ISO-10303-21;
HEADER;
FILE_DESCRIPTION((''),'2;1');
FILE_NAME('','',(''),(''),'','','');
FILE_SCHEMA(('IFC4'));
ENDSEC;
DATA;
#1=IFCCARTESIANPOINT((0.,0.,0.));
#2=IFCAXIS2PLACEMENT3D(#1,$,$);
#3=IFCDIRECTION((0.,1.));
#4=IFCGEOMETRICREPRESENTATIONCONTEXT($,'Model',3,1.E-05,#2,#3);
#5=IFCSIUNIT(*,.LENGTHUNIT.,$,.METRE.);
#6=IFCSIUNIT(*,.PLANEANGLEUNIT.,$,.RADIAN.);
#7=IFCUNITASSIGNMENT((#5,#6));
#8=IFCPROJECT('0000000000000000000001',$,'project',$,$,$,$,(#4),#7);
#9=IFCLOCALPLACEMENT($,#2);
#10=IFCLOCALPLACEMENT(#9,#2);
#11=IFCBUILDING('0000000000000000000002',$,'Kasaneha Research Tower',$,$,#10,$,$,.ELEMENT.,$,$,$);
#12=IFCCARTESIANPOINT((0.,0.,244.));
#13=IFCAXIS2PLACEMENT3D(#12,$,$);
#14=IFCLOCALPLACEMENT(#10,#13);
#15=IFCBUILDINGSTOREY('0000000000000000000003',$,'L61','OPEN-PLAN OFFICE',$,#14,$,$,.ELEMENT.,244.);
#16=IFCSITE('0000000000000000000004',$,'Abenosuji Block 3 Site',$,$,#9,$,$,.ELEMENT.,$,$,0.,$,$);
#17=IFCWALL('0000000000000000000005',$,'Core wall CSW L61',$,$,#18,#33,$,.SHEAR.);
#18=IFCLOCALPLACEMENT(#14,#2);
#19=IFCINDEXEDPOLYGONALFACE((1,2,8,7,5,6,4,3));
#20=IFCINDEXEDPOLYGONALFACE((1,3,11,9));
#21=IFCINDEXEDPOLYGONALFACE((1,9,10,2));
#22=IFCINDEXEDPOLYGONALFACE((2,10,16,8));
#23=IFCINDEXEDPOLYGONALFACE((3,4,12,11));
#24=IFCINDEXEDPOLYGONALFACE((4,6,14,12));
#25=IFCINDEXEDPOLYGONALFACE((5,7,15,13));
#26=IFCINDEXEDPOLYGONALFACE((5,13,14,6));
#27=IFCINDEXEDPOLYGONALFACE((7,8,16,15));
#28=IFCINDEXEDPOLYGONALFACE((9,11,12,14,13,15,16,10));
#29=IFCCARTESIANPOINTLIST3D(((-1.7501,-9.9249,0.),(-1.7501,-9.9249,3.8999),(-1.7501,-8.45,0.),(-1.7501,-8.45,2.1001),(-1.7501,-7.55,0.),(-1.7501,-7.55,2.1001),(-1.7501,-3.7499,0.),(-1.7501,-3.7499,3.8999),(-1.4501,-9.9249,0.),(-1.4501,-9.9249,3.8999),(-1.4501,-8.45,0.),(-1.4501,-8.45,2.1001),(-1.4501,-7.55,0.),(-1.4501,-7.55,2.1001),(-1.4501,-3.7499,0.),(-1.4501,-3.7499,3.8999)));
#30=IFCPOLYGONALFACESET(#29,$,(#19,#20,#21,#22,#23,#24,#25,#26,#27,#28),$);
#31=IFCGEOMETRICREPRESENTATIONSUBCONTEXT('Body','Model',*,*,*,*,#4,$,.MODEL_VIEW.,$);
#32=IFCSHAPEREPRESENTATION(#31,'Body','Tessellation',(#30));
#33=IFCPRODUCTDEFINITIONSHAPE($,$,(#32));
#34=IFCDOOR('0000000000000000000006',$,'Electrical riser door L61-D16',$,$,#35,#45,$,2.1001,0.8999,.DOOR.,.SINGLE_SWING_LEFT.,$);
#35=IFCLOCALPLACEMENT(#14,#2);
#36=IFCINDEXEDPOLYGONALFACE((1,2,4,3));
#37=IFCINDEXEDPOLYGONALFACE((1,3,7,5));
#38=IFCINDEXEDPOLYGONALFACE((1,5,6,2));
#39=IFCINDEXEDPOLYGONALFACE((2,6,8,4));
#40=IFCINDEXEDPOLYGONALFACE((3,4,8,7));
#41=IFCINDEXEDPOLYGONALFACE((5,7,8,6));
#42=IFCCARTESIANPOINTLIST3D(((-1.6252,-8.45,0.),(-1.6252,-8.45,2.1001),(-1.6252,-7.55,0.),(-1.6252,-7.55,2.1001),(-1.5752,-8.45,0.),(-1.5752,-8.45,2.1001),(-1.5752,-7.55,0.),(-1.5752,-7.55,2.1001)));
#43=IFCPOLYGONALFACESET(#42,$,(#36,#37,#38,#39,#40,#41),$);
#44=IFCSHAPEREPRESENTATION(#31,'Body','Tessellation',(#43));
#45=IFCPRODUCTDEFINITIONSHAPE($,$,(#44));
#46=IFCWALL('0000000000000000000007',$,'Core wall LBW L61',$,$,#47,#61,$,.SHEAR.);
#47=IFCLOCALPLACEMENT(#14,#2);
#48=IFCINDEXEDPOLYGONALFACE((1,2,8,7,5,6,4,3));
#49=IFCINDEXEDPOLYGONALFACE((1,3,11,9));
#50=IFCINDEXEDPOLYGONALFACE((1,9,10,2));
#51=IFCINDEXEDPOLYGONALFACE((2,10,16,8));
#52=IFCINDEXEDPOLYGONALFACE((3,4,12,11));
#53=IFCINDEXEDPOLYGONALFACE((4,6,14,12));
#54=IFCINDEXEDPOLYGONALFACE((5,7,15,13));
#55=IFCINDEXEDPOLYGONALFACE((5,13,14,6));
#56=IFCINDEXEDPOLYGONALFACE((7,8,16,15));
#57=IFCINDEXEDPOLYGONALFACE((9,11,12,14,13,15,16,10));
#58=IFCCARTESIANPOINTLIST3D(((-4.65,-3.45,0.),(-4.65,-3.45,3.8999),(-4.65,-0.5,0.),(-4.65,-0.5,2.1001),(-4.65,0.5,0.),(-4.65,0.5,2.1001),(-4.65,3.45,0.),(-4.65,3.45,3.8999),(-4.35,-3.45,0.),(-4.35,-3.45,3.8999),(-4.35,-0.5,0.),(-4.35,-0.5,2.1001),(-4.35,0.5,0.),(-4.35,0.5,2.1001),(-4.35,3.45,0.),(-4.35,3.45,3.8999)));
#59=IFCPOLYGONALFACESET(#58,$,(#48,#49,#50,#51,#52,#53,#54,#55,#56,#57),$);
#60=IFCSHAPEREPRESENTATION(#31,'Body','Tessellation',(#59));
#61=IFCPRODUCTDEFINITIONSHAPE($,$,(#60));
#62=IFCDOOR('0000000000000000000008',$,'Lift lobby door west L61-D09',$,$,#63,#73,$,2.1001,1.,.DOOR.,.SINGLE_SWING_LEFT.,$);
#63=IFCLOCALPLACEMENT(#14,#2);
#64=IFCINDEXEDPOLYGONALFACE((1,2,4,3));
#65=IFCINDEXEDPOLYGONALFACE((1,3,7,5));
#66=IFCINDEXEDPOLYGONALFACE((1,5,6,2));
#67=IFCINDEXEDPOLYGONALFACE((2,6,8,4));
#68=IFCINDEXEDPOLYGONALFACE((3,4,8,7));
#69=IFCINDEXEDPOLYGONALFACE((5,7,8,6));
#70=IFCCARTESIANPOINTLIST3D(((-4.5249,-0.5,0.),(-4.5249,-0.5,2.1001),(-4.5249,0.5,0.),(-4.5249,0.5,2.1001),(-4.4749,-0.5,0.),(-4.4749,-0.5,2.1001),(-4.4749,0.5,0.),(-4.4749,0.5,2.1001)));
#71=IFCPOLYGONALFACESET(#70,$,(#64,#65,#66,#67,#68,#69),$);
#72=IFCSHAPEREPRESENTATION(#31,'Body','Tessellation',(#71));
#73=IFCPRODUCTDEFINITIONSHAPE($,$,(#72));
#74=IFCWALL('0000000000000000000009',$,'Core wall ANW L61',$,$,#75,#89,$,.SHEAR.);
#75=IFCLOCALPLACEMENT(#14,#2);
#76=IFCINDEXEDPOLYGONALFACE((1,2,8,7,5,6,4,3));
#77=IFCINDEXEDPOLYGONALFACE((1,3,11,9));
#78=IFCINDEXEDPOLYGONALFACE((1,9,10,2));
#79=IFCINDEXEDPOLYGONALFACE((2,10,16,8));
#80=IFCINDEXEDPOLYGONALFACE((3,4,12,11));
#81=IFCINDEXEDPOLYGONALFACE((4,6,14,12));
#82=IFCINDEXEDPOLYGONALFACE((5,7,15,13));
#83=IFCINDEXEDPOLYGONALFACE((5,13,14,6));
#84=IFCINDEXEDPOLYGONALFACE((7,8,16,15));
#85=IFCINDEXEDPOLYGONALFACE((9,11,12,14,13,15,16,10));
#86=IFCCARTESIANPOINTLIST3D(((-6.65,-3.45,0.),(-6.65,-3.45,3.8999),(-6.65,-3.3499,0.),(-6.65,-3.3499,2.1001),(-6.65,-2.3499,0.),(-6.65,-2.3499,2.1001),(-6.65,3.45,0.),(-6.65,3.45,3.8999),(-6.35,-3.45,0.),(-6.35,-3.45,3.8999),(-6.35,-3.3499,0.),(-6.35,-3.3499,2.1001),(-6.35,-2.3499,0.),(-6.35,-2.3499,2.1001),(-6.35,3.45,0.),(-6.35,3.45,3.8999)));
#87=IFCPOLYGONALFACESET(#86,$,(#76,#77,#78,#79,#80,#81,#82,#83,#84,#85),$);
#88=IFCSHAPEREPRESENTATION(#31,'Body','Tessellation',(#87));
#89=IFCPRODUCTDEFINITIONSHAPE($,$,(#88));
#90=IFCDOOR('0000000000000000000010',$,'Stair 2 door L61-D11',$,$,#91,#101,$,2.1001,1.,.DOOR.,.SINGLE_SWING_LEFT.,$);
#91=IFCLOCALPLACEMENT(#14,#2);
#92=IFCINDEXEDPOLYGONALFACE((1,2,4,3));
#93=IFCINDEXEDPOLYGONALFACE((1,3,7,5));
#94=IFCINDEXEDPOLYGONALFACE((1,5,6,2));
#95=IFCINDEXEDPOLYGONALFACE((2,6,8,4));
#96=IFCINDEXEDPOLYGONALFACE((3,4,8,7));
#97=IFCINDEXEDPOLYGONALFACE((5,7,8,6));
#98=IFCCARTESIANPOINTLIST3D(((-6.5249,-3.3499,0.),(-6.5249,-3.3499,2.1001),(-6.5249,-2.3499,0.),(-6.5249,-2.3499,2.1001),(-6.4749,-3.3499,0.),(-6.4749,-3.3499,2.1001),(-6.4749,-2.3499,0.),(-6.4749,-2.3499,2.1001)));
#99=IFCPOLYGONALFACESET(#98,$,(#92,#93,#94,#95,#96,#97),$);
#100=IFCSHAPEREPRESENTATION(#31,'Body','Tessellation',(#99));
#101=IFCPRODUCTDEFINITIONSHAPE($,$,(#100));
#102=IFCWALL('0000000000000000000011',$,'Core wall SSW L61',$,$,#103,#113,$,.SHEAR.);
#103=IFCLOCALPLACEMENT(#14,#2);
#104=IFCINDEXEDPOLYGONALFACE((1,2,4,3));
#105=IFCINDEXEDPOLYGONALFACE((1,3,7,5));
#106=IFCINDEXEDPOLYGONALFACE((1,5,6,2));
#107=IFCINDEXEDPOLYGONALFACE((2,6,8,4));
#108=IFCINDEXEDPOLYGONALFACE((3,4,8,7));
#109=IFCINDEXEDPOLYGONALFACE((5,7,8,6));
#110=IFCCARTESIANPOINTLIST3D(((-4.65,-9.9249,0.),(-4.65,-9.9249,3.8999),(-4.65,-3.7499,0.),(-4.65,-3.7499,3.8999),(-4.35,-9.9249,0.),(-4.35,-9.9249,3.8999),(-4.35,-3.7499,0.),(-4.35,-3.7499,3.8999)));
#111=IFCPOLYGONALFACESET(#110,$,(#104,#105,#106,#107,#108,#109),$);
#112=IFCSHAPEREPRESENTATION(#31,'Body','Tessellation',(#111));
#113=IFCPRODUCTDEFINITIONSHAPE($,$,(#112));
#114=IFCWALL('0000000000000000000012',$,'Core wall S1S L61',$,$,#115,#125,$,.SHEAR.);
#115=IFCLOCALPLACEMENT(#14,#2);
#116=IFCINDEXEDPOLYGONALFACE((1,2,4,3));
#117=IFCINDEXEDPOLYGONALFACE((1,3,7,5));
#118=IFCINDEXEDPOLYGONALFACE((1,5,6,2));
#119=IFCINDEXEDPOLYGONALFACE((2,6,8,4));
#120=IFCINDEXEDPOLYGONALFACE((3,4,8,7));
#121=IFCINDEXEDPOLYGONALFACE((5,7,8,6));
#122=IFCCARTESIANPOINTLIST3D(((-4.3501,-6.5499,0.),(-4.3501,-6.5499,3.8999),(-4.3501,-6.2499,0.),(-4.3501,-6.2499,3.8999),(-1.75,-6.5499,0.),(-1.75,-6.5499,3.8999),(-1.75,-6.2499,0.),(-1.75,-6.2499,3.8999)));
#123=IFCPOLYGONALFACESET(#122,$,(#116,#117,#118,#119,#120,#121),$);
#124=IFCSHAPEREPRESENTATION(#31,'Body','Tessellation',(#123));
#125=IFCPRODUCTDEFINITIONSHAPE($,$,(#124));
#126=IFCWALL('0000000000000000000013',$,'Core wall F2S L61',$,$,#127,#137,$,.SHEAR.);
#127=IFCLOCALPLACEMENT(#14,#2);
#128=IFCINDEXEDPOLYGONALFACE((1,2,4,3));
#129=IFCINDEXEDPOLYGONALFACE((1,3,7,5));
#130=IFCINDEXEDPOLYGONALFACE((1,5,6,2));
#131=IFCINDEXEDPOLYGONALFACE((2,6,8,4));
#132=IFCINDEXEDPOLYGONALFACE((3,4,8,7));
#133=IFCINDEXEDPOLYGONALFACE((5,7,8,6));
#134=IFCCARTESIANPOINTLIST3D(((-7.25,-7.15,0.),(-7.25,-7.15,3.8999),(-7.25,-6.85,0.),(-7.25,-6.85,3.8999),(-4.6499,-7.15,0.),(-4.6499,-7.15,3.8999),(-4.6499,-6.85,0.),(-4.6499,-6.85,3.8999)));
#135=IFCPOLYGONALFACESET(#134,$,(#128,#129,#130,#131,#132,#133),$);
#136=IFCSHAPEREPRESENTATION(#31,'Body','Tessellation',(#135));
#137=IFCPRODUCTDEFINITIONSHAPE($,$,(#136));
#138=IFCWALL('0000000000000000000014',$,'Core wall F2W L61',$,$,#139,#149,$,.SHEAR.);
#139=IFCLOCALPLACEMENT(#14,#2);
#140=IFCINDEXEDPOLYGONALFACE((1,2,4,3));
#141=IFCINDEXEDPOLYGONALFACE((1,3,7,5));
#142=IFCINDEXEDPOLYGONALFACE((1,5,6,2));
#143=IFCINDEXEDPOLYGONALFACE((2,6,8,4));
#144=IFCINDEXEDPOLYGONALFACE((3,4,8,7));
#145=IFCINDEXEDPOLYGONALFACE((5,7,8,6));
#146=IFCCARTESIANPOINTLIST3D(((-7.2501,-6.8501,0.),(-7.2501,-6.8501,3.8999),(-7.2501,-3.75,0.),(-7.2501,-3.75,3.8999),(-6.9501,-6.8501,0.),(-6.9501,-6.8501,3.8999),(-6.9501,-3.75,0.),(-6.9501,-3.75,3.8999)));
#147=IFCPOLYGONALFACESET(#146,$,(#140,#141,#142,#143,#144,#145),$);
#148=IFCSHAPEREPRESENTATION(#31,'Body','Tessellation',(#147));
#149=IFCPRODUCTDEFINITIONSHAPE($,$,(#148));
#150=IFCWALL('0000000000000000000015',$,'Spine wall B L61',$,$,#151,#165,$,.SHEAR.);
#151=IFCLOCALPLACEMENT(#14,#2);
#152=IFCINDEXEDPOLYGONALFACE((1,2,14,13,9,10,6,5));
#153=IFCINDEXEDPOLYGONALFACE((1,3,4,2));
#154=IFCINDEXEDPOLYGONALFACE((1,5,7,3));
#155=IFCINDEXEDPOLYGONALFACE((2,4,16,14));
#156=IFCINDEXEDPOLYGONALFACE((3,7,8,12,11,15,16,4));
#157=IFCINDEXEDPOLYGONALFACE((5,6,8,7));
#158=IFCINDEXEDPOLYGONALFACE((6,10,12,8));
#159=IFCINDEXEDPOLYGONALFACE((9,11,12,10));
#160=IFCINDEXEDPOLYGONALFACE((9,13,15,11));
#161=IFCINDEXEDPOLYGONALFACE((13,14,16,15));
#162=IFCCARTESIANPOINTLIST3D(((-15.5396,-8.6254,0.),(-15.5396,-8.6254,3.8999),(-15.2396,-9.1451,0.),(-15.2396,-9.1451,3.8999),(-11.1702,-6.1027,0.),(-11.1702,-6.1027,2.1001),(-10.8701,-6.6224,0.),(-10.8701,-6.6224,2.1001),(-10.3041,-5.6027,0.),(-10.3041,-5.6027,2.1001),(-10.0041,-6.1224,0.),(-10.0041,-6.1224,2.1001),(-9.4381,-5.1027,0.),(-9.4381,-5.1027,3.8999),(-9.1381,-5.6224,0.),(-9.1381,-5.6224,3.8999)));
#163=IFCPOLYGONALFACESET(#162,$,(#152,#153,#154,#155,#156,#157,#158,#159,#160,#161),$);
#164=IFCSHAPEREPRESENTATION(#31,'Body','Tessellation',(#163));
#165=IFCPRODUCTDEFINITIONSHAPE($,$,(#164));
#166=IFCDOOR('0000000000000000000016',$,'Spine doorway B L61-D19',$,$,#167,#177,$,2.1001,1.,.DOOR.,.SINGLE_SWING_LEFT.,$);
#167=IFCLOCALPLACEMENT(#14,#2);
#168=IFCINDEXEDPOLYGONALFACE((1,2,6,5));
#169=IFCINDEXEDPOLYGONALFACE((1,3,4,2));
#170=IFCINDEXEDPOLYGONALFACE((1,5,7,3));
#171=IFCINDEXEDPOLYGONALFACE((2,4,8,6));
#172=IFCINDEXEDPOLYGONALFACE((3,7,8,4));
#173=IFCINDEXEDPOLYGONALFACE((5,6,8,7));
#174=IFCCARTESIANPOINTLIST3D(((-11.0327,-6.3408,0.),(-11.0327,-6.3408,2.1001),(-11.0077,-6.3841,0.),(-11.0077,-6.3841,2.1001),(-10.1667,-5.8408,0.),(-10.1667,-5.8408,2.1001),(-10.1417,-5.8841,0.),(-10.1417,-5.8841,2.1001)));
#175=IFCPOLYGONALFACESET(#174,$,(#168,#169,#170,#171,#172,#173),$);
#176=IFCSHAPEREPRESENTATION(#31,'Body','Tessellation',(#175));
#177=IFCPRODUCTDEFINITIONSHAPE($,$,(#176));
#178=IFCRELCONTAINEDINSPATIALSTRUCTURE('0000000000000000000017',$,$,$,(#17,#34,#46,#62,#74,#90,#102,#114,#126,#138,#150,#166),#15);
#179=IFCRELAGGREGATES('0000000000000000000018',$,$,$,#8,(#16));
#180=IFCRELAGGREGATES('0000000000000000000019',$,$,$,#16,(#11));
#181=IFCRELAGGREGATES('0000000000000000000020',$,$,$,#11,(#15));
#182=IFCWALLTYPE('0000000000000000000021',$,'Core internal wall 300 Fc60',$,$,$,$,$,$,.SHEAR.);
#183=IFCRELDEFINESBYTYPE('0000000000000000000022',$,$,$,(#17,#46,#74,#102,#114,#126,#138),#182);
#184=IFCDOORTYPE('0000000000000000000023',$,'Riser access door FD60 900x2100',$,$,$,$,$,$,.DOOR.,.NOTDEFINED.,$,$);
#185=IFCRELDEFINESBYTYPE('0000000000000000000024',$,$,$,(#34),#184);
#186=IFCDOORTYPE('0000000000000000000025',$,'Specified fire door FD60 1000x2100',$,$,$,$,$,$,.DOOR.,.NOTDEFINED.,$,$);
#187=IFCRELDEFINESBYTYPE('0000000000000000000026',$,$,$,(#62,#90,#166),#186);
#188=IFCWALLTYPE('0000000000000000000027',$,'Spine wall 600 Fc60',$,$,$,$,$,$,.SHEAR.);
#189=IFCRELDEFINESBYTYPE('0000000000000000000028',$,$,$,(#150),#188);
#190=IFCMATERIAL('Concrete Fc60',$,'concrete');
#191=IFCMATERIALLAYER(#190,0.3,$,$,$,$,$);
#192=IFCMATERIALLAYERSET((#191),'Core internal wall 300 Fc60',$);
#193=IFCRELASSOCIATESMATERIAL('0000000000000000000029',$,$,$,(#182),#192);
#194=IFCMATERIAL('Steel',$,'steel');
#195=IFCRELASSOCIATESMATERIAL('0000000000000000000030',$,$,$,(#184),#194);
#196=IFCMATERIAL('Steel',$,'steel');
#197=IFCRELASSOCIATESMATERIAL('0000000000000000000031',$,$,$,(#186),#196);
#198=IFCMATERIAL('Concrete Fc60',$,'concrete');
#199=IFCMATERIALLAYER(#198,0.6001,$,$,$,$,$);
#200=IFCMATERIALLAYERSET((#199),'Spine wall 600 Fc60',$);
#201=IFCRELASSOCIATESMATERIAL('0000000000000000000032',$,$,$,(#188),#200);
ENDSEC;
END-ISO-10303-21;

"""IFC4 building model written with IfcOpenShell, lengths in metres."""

from ifc_helpers import new_model, si_unit, direction, frame, frame_2d, origin, place, context, subcontext, project, spatial, rectangle, extrude, material, layer, layer_set, type_object, element, fill, save


model = new_model("IFC4")

# Units and contexts
model_context = context("Model", 3, precision=1e-05, world=origin(), true_north=direction((0.0, 1.0)))
body_context = subcontext(model_context, "Body", "Model", "MODEL_VIEW")
ifc_project = project(units=[si_unit("LENGTHUNIT", "METRE"), si_unit("PLANEANGLEUNIT", "RADIAN")], contexts=[model_context])

# Site, building, storey
site_placement = place(None, origin())
site = spatial("IfcSite", under=ifc_project, at=site_placement, Name="Abenosuji Block 3 Site", CompositionType="ELEMENT", RefElevation=0.0)
building_placement = place(site_placement, origin())
building = spatial("IfcBuilding", under=site, at=building_placement, Name="Kasaneha Research Tower", CompositionType="ELEMENT")
storey_placement = place(building_placement, frame((0.0, 0.0, 244.0)))
storey = spatial("IfcBuildingStorey", under=building, at=storey_placement, Name="L61", Description="OPEN-PLAN OFFICE", CompositionType="ELEMENT", Elevation=244.0)

# Shared definitions
ifc_material_1 = material(Name="Concrete Fc60", Category="concrete")
ifc_layer_1 = layer(ifc_material_1, 0.3)
ifc_layer_set_1 = layer_set([ifc_layer_1], Name="Core internal wall 300 Fc60")
wall_type_1 = type_object("IfcWallType", Name="Core internal wall 300 Fc60", PredefinedType="SHEAR", material=ifc_layer_set_1)

# Walls, openings, doors
wall_1_placement = place(storey_placement, frame((-1.6001, -3.75, 0.0), z_axis=(0.0, 0.0, 1.0), x_axis=(0.0, -1.0, 0.0)))
wall_1 = element("IfcWall", 1, at=wall_1_placement, inside=storey, type_object=wall_type_1, Name="Core wall CSW L61", PredefinedType="SHEAR", context=body_context, shape_type="SweptSolid", body=[
    extrude(rectangle(XDim=6.175, YDim=0.3, at=frame_2d((3.0874, 0.0))), origin(), (0.0, 0.0, 1.0), 3.8999),
])
opening_1_placement = place(wall_1_placement, frame((3.8, 0.0, 0.0)))
opening_1 = element("IfcOpeningElement", 2, at=opening_1_placement, cuts=wall_1, PredefinedType="OPENING", context=body_context, shape_type="SweptSolid", body=[
    extrude(rectangle(XDim=0.8999, YDim=2.1001, at=frame_2d((0.45, 1.05))), frame((0.0, 0.1602, 0.0), z_axis=(0.0, -1.0, 0.0), x_axis=(1.0, 0.0, 0.0)), (0.0, 0.0, 1.0), 0.3201),
])
ifc_material_2 = material(Name="Steel", Category="steel")
door_type_1 = type_object("IfcDoorType", Name="Riser access door FD60 900x2100", OperationType="NOTDEFINED", PredefinedType="DOOR", material=ifc_material_2)
door_1_placement = place(opening_1_placement, origin())
door_1 = element("IfcDoor", 3, at=door_1_placement, inside=storey, type_object=door_type_1, Name="Electrical riser door L61-D16", OperationType="SINGLE_SWING_LEFT", OverallHeight=2.1001, OverallWidth=0.8999, PredefinedType="DOOR", context=body_context, shape_type="SweptSolid", body=[
    extrude(rectangle(XDim=0.8999, YDim=2.1001, at=frame_2d((0.45, 1.05))), frame((0.0, 0.0249, 0.0), z_axis=(0.0, -1.0, 0.0), x_axis=(1.0, 0.0, 0.0)), (0.0, 0.0, 1.0), 0.05),
])
fill(opening_1, door_1)
wall_2_placement = place(storey_placement, frame((-4.5, -3.45, 0.0), z_axis=(0.0, 0.0, 1.0), x_axis=(0.0, 1.0, 0.0)))
wall_2 = element("IfcWall", 4, at=wall_2_placement, inside=storey, type_object=wall_type_1, Name="Core wall LBW L61", PredefinedType="SHEAR", context=body_context, shape_type="SweptSolid", body=[
    extrude(rectangle(XDim=6.8999, YDim=0.3, at=frame_2d((3.45, 0.0))), origin(), (0.0, 0.0, 1.0), 3.8999),
])
opening_2_placement = place(wall_2_placement, frame((2.95, 0.0, 0.0)))
opening_2 = element("IfcOpeningElement", 5, at=opening_2_placement, cuts=wall_2, PredefinedType="OPENING", context=body_context, shape_type="SweptSolid", body=[
    extrude(rectangle(XDim=1.0, YDim=2.1001, at=frame_2d((0.5, 1.05))), frame((0.0, 0.1602, 0.0), z_axis=(0.0, -1.0, 0.0), x_axis=(1.0, 0.0, 0.0)), (0.0, 0.0, 1.0), 0.3201),
])
ifc_material_3 = material(Name="Steel", Category="steel")
door_type_2 = type_object("IfcDoorType", Name="Specified fire door FD60 1000x2100", OperationType="NOTDEFINED", PredefinedType="DOOR", material=ifc_material_3)
door_2_placement = place(opening_2_placement, origin())
door_2 = element("IfcDoor", 6, at=door_2_placement, inside=storey, type_object=door_type_2, Name="Lift lobby door west L61-D09", OperationType="SINGLE_SWING_LEFT", OverallHeight=2.1001, OverallWidth=1.0, PredefinedType="DOOR", context=body_context, shape_type="SweptSolid", body=[
    extrude(rectangle(XDim=1.0, YDim=2.1001, at=frame_2d((0.5, 1.05))), frame((0.0, 0.0249, 0.0), z_axis=(0.0, -1.0, 0.0), x_axis=(1.0, 0.0, 0.0)), (0.0, 0.0, 1.0), 0.05),
])
fill(opening_2, door_2)
wall_3_placement = place(storey_placement, frame((-6.5, -3.45, 0.0), z_axis=(0.0, 0.0, 1.0), x_axis=(0.0, 1.0, 0.0)))
wall_3 = element("IfcWall", 7, at=wall_3_placement, inside=storey, type_object=wall_type_1, Name="Core wall ANW L61", PredefinedType="SHEAR", context=body_context, shape_type="SweptSolid", body=[
    extrude(rectangle(XDim=6.8999, YDim=0.3, at=frame_2d((3.45, 0.0))), origin(), (0.0, 0.0, 1.0), 3.8999),
])
opening_3_placement = place(wall_3_placement, frame((0.1001, 0.0, 0.0)))
opening_3 = element("IfcOpeningElement", 8, at=opening_3_placement, cuts=wall_3, PredefinedType="OPENING", context=body_context, shape_type="SweptSolid", body=[
    extrude(rectangle(XDim=1.0, YDim=2.1001, at=frame_2d((0.5, 1.05))), frame((0.0, 0.1602, 0.0), z_axis=(0.0, -1.0, 0.0), x_axis=(1.0, 0.0, 0.0)), (0.0, 0.0, 1.0), 0.3201),
])
door_3_placement = place(opening_3_placement, origin())
door_3 = element("IfcDoor", 9, at=door_3_placement, inside=storey, type_object=door_type_2, Name="Stair 2 door L61-D11", OperationType="SINGLE_SWING_LEFT", OverallHeight=2.1001, OverallWidth=1.0, PredefinedType="DOOR", context=body_context, shape_type="SweptSolid", body=[
    extrude(rectangle(XDim=1.0, YDim=2.1001, at=frame_2d((0.5, 1.05))), frame((0.0, 0.0249, 0.0), z_axis=(0.0, -1.0, 0.0), x_axis=(1.0, 0.0, 0.0)), (0.0, 0.0, 1.0), 0.05),
])
fill(opening_3, door_3)

# Walls
wall_4_placement = place(storey_placement, frame((-4.5, -3.75, 0.0), z_axis=(0.0, 0.0, 1.0), x_axis=(0.0, -1.0, 0.0)))
element("IfcWall", 10, at=wall_4_placement, inside=storey, type_object=wall_type_1, Name="Core wall SSW L61", PredefinedType="SHEAR", context=body_context, shape_type="SweptSolid", body=[
    extrude(rectangle(XDim=6.175, YDim=0.3, at=frame_2d((3.0874, 0.0))), origin(), (0.0, 0.0, 1.0), 3.8999),
])
for number, where, z_axis, x_axis, name in (
    (11, (-4.3501, -6.3999, 0.0), (0.0, 0.0, 1.0), (1.0, 0.0, 0.0), "Core wall S1S L61"),
    (12, (-7.25, -7.0, 0.0), (0.0, 0.0, 1.0), (1.0, 0.0, 0.0), "Core wall F2S L61"),
):
    element("IfcWall", number, at=place(storey_placement, frame(where, z_axis=z_axis, x_axis=x_axis)), inside=storey, type_object=wall_type_1, Name=name, PredefinedType="SHEAR", context=body_context, shape_type="SweptSolid", body=[
        extrude(rectangle(XDim=2.6001, YDim=0.3, at=frame_2d((1.3, 0.0))), origin(), (0.0, 0.0, 1.0), 3.8999),
    ])
wall_5_placement = place(storey_placement, frame((-7.1001, -3.75, 0.0), z_axis=(0.0, 0.0, 1.0), x_axis=(0.0, -1.0, 0.0)))
element("IfcWall", 13, at=wall_5_placement, inside=storey, type_object=wall_type_1, Name="Core wall F2W L61", PredefinedType="SHEAR", context=body_context, shape_type="SweptSolid", body=[
    extrude(rectangle(XDim=3.1001, YDim=0.3, at=frame_2d((1.55, 0.0))), origin(), (0.0, 0.0, 1.0), 3.8999),
])

# Wall, opening, door
ifc_material_4 = material(Name="Concrete Fc60", Category="concrete")
ifc_layer_2 = layer(ifc_material_4, 0.6001)
ifc_layer_set_2 = layer_set([ifc_layer_2], Name="Spine wall 600 Fc60")
wall_type_2 = type_object("IfcWallType", Name="Spine wall 600 Fc60", PredefinedType="SHEAR", material=ifc_layer_set_2)
wall_6_placement = place(storey_placement, frame((-9.2881, -5.3625, 0.0), z_axis=(0.0, 0.0, 1.0), x_axis=(-0.866027, -0.499996, 0.0)))
wall_6 = element("IfcWall", 14, at=wall_6_placement, inside=storey, type_object=wall_type_2, Name="Spine wall B L61", PredefinedType="SHEAR", context=body_context, shape_type="SweptSolid", body=[
    extrude(rectangle(XDim=7.0454, YDim=0.6001, at=frame_2d((3.5227, 0.0))), origin(), (0.0, 0.0, 1.0), 3.8999),
])
opening_4_placement = place(wall_6_placement, frame((1.0, 0.0, 0.0)))
opening_4 = element("IfcOpeningElement", 15, at=opening_4_placement, cuts=wall_6, PredefinedType="OPENING", context=body_context, shape_type="SweptSolid", body=[
    extrude(rectangle(XDim=1.0, YDim=2.1001, at=frame_2d((0.5, 1.05))), frame((0.0, 0.3101, 0.0), z_axis=(0.0, -1.0, 0.0), x_axis=(1.0, 0.0, 0.0)), (0.0, 0.0, 1.0), 0.6201),
])
door_4_placement = place(opening_4_placement, origin())
door_4 = element("IfcDoor", 16, at=door_4_placement, inside=storey, type_object=door_type_2, Name="Spine doorway B L61-D19", OperationType="SINGLE_SWING_LEFT", OverallHeight=2.1001, OverallWidth=1.0, PredefinedType="DOOR", context=body_context, shape_type="SweptSolid", body=[
    extrude(rectangle(XDim=1.0, YDim=2.1001, at=frame_2d((0.5, 1.05))), frame((0.0, 0.0249, 0.0), z_axis=(0.0, -1.0, 0.0), x_axis=(1.0, 0.0, 0.0)), (0.0, 0.0, 1.0), 0.05),
])
fill(opening_4, door_4)

save(model, "model.ifc")
